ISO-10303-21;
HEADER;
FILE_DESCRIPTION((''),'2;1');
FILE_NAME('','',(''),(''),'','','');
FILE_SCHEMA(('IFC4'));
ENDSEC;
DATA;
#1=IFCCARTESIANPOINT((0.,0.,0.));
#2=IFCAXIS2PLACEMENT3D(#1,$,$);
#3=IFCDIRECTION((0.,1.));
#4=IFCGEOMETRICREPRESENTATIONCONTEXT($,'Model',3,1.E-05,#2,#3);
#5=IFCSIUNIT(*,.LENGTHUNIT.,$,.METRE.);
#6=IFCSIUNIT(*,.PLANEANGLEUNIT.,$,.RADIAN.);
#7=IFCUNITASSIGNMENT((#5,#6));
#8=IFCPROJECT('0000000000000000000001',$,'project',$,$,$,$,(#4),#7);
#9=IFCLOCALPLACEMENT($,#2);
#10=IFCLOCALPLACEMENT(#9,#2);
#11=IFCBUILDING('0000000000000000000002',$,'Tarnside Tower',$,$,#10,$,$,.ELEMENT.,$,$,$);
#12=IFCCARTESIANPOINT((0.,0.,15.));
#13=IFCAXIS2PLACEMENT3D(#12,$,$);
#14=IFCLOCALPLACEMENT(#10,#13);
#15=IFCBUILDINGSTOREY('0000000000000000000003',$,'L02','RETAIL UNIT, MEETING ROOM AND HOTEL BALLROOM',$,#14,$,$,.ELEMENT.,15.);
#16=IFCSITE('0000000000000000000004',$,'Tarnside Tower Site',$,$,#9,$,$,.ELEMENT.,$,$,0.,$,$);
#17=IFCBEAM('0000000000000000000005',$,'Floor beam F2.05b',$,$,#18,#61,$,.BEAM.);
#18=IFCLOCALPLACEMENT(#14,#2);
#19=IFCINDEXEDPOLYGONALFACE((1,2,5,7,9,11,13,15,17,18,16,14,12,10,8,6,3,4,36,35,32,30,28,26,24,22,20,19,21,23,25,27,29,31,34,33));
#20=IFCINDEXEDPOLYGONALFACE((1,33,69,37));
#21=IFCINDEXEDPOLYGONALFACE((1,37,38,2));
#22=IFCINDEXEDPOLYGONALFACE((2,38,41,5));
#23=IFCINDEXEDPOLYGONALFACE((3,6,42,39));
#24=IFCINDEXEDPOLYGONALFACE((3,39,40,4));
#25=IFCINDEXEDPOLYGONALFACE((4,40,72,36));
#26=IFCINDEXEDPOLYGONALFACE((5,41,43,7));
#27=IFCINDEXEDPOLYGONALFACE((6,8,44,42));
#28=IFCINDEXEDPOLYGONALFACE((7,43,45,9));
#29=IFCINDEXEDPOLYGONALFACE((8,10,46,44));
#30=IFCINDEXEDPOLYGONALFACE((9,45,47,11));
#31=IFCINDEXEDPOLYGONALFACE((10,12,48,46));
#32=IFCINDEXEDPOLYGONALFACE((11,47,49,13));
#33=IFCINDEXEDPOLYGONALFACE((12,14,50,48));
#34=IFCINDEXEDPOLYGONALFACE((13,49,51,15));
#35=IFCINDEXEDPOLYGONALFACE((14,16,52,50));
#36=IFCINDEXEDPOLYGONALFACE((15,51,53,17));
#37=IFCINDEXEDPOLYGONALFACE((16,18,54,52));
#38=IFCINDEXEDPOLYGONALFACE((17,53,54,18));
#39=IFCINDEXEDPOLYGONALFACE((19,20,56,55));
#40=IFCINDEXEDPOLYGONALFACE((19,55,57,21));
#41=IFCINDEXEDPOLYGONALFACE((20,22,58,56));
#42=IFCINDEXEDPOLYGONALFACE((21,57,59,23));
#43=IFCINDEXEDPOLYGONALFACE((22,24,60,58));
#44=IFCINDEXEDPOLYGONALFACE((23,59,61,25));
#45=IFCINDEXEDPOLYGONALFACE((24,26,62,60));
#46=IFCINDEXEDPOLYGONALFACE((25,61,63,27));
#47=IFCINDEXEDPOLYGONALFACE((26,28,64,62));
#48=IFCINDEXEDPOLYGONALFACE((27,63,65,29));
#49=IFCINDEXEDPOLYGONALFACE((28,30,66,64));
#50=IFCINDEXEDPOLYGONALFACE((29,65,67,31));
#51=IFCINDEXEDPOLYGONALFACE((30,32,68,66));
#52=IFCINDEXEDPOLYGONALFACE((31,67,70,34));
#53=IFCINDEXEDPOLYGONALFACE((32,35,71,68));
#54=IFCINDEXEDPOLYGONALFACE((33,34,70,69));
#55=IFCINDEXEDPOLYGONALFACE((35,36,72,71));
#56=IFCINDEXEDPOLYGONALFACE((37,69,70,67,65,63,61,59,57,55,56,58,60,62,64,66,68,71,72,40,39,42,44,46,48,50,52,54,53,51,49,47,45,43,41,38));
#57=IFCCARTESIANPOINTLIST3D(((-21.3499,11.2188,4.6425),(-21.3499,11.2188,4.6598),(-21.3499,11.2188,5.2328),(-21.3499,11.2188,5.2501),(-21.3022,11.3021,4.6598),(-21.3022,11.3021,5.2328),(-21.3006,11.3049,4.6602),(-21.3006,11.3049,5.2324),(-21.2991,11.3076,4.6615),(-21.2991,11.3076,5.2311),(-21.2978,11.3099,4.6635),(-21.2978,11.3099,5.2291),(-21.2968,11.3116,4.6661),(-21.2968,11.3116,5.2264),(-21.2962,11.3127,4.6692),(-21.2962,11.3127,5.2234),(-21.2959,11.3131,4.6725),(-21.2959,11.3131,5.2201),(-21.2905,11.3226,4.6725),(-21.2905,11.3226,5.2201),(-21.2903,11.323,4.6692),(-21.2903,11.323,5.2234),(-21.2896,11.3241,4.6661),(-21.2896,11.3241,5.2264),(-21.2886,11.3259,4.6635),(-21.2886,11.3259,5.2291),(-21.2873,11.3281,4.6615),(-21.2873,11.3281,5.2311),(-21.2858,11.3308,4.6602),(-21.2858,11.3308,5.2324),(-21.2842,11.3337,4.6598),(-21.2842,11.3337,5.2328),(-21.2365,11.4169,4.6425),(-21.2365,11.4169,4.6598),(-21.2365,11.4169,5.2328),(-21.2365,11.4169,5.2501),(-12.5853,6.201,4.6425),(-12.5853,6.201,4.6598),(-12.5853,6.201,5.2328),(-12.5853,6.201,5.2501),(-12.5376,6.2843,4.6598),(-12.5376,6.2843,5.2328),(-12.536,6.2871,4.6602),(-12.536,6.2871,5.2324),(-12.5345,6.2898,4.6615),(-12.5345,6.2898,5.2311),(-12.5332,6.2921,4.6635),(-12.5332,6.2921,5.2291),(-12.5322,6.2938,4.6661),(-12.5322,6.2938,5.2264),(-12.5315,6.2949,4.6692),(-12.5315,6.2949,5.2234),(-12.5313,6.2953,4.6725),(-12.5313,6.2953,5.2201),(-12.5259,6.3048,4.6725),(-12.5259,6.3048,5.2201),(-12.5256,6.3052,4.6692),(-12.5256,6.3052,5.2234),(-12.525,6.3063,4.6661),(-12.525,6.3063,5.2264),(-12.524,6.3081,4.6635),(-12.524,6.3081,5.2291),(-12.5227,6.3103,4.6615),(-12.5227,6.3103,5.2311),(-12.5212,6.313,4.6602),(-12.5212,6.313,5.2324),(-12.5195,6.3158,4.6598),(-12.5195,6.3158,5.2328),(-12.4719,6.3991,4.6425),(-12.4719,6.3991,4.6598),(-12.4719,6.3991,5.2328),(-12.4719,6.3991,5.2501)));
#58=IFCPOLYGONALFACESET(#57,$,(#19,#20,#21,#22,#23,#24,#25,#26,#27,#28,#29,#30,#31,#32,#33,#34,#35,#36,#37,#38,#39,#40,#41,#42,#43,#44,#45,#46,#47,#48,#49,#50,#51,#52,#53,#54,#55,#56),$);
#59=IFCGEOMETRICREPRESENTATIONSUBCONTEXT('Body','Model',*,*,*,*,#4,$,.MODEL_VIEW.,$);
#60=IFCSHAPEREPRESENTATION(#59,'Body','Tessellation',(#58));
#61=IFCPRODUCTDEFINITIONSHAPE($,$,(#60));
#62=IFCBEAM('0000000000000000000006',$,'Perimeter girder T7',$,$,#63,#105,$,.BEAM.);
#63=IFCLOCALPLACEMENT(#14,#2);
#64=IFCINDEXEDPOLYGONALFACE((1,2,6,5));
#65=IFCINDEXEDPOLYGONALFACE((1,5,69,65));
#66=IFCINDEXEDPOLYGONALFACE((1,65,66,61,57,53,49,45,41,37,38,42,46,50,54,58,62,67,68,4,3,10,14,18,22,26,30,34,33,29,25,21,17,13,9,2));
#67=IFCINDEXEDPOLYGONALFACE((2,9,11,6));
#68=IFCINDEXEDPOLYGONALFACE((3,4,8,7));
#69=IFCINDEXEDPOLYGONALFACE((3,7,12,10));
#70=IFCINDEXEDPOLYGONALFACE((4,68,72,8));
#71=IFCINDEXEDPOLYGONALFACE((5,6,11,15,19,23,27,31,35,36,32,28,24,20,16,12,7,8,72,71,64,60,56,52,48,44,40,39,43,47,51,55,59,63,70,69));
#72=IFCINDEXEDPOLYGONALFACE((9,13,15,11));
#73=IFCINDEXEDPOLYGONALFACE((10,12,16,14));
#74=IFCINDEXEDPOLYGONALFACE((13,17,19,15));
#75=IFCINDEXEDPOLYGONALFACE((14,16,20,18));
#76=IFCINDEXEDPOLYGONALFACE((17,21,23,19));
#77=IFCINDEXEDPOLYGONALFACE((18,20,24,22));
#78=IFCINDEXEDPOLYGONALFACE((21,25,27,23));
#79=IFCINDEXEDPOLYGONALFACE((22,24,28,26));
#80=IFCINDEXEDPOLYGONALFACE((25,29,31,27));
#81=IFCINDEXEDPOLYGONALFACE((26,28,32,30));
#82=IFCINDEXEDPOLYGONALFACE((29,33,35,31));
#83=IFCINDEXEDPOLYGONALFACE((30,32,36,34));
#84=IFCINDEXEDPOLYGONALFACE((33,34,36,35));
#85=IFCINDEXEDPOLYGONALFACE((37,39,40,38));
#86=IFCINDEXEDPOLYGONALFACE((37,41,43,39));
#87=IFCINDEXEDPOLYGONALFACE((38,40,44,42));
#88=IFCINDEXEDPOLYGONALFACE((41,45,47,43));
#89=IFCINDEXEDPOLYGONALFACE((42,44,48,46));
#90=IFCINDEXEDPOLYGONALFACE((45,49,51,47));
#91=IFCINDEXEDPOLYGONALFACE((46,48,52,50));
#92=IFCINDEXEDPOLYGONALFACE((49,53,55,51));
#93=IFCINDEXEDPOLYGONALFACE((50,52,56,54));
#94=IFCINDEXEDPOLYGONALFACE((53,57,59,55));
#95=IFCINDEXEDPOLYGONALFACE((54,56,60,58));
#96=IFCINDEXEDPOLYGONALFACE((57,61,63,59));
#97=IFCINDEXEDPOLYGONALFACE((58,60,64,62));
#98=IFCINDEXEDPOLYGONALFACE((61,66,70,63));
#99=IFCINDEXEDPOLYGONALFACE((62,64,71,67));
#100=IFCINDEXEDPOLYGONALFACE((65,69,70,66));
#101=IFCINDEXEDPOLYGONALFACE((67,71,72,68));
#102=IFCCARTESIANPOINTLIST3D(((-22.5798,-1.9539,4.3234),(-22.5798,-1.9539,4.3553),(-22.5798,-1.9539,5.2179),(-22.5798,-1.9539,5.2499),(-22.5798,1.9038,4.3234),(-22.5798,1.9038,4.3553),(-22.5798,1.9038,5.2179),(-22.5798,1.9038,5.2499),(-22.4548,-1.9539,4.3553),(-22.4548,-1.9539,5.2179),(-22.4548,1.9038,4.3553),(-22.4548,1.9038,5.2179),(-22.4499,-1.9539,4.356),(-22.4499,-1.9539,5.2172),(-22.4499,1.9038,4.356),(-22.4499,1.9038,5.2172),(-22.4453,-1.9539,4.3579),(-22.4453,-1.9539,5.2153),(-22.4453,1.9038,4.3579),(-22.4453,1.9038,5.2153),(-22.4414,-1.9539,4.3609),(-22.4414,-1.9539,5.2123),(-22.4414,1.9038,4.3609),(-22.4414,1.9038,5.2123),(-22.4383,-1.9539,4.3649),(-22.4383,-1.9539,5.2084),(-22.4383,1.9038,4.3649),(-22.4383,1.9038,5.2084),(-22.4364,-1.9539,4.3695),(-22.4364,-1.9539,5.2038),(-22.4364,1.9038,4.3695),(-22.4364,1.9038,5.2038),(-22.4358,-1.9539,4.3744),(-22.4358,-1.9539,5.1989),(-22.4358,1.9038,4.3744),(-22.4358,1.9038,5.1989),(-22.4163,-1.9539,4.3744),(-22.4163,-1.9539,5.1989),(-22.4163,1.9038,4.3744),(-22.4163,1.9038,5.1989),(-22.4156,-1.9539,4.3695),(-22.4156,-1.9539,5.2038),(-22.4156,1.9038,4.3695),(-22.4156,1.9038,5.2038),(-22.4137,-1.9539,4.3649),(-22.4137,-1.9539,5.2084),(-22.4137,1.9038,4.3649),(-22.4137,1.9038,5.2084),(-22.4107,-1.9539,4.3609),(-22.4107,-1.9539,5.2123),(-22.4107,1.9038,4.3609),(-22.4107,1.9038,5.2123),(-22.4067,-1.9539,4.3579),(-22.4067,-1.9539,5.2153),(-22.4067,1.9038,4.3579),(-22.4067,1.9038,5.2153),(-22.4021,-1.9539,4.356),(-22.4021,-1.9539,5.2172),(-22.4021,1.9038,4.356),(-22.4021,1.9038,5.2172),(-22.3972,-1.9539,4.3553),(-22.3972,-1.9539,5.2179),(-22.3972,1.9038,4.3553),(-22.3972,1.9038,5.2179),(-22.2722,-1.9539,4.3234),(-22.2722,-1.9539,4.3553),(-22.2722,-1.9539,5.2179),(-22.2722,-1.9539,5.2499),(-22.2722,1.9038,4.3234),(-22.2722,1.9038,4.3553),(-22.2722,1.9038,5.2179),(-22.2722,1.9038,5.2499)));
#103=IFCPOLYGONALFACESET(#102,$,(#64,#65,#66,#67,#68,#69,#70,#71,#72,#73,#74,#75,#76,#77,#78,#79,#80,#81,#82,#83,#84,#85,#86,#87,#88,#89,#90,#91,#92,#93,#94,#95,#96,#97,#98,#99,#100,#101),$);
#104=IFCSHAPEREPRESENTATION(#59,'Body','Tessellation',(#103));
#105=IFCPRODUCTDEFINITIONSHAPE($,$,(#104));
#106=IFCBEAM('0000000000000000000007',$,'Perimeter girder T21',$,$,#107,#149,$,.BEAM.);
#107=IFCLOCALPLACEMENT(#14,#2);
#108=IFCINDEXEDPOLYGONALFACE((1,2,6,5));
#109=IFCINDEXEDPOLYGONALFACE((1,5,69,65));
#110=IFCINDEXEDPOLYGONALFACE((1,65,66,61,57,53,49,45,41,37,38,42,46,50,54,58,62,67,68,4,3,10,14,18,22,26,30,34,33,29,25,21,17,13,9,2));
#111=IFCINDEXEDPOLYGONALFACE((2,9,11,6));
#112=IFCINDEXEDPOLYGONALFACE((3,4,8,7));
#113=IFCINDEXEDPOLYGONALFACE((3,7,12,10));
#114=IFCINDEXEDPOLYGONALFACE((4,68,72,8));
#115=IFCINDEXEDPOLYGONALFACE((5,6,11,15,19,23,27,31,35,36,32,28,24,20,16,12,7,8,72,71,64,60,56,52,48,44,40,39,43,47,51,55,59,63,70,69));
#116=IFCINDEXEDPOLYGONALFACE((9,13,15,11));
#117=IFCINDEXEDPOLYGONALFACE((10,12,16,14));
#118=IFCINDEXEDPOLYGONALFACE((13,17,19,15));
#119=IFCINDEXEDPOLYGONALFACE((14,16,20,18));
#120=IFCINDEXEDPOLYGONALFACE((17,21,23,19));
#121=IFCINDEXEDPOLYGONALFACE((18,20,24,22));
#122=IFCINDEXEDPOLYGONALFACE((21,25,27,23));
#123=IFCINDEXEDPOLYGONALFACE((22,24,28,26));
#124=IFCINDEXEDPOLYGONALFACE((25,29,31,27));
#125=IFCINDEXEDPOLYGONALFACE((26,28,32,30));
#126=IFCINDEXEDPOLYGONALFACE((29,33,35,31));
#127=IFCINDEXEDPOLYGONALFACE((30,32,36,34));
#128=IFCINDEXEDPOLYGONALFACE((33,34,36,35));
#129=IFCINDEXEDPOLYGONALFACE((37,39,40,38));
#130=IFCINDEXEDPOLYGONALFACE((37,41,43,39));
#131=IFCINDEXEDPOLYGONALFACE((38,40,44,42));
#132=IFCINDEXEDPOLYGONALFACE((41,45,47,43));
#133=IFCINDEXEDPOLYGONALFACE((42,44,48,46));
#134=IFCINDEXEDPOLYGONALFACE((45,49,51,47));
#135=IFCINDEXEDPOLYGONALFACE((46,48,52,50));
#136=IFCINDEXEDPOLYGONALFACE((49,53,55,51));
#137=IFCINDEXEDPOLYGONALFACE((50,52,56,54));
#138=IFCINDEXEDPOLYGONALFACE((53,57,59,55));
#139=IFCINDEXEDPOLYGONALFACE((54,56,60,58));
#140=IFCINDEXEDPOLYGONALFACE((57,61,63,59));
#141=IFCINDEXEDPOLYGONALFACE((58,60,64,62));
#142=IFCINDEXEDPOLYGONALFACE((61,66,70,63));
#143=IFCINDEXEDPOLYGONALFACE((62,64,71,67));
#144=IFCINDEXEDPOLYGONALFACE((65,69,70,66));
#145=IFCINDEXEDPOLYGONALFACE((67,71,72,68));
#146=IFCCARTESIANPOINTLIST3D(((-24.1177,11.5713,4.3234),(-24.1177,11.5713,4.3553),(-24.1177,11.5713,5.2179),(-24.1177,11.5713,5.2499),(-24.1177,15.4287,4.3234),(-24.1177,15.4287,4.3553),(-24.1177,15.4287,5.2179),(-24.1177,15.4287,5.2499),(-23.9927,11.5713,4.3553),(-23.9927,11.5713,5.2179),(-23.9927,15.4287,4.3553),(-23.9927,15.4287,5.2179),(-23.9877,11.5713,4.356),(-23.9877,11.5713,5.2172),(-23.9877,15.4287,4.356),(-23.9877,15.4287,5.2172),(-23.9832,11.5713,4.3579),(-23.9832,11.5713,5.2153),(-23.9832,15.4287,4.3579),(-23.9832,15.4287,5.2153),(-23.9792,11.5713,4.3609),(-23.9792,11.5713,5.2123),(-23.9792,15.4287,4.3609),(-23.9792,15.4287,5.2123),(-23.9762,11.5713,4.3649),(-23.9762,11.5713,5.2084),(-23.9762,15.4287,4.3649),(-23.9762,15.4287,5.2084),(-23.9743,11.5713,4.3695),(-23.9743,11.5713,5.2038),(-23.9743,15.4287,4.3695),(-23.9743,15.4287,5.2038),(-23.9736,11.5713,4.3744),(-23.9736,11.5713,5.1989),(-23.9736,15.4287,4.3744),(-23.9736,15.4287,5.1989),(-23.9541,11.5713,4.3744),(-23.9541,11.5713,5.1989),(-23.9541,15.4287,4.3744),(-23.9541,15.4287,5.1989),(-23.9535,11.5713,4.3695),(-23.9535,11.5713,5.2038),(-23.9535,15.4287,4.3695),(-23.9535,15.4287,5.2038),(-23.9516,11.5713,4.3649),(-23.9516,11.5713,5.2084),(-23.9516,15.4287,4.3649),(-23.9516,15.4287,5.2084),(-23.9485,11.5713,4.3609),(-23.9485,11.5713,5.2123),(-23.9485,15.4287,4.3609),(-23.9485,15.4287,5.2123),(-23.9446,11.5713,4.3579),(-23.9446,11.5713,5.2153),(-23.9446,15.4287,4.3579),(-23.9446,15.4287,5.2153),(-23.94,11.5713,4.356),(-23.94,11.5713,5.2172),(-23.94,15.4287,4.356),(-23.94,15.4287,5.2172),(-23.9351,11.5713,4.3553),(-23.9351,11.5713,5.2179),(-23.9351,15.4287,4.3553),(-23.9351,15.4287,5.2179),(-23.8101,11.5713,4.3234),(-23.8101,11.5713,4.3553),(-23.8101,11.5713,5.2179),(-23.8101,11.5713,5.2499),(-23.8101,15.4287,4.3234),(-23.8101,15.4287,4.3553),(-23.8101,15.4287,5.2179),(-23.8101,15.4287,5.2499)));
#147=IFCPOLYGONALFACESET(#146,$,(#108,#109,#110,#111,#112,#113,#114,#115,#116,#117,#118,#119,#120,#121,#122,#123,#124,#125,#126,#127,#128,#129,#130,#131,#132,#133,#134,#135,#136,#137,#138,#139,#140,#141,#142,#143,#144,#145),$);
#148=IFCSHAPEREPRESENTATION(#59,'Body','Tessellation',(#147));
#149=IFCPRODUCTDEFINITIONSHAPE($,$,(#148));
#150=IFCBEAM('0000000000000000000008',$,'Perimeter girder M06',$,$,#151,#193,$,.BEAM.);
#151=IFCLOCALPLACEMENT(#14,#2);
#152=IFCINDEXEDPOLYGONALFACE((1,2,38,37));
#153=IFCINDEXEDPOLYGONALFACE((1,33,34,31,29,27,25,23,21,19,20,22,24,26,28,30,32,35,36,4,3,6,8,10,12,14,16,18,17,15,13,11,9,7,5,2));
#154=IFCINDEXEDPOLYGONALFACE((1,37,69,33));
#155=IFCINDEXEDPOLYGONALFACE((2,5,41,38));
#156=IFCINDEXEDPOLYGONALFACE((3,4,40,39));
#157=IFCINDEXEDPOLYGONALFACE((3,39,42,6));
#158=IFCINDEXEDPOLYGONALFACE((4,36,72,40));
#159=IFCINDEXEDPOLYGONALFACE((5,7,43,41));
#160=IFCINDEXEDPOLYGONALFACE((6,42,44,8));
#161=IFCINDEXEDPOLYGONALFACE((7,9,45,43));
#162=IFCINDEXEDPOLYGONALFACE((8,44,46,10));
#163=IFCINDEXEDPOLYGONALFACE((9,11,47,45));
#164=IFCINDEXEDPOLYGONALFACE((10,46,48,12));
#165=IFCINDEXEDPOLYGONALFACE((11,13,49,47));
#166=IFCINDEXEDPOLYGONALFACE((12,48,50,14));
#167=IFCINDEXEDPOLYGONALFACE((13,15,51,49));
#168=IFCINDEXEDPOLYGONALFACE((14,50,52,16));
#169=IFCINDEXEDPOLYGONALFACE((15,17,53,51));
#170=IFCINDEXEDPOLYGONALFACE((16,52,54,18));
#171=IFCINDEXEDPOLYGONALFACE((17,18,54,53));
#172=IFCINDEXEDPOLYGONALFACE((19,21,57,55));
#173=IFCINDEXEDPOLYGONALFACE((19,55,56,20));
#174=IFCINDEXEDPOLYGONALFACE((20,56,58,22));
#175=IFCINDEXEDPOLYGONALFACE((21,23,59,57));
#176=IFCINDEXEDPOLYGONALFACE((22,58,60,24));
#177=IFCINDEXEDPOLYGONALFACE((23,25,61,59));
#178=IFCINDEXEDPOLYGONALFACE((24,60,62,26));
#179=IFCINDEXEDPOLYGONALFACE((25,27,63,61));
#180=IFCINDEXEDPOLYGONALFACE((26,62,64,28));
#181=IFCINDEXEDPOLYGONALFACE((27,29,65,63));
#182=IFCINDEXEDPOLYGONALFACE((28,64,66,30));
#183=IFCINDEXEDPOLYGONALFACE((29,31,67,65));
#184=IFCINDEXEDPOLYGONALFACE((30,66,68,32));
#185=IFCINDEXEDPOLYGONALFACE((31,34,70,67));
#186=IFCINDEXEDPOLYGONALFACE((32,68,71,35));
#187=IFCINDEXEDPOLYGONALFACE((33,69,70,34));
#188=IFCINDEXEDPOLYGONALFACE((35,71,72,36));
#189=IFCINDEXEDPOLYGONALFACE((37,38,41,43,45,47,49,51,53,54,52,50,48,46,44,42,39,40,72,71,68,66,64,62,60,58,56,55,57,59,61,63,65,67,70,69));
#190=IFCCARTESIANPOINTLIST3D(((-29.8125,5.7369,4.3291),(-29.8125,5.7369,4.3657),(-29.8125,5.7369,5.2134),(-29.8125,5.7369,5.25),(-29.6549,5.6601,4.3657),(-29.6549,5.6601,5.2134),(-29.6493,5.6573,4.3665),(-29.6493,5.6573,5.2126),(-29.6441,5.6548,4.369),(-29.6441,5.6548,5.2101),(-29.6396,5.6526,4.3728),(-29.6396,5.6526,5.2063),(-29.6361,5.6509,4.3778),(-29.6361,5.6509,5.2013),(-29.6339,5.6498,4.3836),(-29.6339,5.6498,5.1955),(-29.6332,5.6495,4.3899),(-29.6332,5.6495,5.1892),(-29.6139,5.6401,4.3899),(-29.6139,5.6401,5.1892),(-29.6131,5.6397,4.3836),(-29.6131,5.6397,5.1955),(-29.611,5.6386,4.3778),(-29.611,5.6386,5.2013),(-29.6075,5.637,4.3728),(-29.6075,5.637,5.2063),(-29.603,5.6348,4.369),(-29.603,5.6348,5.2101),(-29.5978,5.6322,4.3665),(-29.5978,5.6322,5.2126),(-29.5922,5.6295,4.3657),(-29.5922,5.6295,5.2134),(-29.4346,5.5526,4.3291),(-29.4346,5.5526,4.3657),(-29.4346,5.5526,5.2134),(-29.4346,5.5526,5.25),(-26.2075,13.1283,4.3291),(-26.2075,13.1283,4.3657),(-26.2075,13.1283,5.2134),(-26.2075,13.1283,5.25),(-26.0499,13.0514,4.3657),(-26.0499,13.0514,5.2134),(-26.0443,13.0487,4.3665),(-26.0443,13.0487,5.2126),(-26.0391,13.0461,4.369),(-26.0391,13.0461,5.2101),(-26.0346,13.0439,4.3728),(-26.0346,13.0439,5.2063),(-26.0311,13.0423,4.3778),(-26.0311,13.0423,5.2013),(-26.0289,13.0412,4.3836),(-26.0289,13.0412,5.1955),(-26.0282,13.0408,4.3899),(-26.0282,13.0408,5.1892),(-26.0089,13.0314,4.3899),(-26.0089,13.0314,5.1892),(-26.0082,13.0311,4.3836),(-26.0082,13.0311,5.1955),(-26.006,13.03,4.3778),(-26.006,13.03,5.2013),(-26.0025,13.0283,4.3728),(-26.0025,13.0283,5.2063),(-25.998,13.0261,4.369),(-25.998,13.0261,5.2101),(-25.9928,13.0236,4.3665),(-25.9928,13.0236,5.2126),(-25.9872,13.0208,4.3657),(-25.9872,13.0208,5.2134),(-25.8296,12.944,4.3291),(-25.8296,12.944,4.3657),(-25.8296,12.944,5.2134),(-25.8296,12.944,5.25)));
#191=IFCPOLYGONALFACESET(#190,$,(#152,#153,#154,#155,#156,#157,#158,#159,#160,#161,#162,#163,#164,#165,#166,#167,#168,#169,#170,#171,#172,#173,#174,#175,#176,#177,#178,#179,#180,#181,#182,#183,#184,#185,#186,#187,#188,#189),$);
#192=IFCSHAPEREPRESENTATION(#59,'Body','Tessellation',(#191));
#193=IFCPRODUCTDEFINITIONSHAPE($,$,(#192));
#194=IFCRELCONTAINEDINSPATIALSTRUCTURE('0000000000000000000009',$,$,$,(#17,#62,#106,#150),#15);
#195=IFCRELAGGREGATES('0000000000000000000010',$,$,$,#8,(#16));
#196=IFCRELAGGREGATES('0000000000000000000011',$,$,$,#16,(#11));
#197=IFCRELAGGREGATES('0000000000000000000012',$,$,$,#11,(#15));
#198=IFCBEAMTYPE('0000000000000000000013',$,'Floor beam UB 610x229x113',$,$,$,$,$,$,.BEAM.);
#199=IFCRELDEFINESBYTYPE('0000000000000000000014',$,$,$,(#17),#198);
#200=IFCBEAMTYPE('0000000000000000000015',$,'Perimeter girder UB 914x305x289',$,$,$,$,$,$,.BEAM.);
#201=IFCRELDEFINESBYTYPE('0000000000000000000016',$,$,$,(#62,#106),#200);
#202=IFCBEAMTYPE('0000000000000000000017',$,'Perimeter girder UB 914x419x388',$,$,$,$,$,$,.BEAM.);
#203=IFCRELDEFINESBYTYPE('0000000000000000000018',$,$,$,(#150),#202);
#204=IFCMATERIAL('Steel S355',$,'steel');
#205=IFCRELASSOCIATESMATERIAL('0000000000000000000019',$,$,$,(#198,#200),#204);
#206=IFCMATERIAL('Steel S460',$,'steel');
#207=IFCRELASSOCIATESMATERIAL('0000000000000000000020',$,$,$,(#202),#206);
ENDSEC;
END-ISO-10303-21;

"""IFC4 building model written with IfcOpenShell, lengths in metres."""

from ifc_helpers import new_model, si_unit, direction, frame, origin, origin_2d, place, context, subcontext, project, spatial, i_section, extrude, material, material_profile, profile_set, type_object, element, save


model = new_model("IFC4")

# Units and contexts
model_context = context("Model", 3, precision=1e-05, world=origin(), true_north=direction((0.0, 1.0)))
body_context = subcontext(model_context, "Body", "Model", "MODEL_VIEW")
ifc_project = project(units=[si_unit("LENGTHUNIT", "METRE"), si_unit("PLANEANGLEUNIT", "RADIAN")], contexts=[model_context])

# Site, building, storey
site_placement = place(None, origin())
site = spatial("IfcSite", under=ifc_project, at=site_placement, Name="Tarnside Tower Site", CompositionType="ELEMENT", RefElevation=0.0)
building_placement = place(site_placement, origin())
building = spatial("IfcBuilding", under=site, at=building_placement, Name="Tarnside Tower", CompositionType="ELEMENT")
storey_placement = place(building_placement, frame((0.0, 0.0, 15.0)))
storey = spatial("IfcBuildingStorey", under=building, at=storey_placement, Name="L02", Description="RETAIL UNIT, MEETING ROOM AND HOTEL BALLROOM", CompositionType="ELEMENT", Elevation=15.0)

# Shared definitions
ifc_material_1 = material(Name="Steel S460", Category="steel")

# Beams
ifc_material_2 = material(Name="Steel S355", Category="steel")
ifc_material_profile_1 = material_profile(ifc_material_2, i_section(OverallWidth=0.2283, OverallDepth=0.6077, WebThickness=0.011, FlangeThickness=0.0173, FilletRadius=0.0127, at=origin_2d()), Name="UB 610x229x113")
ifc_profile_set_1 = profile_set([ifc_material_profile_1], Name="Steel S355")
beam_type_1 = type_object("IfcBeamType", Name="Floor beam UB 610x229x113", PredefinedType="BEAM", material=ifc_profile_set_1)
beam_1_placement = place(storey_placement, frame((-21.2932, 11.3179, 4.9463), z_axis=(0.86784, -0.496844, 0.0), x_axis=(0.496844, 0.86784, 0.0)))
element("IfcBeam", 1, at=beam_1_placement, inside=storey, type_object=beam_type_1, Name="Floor beam F2.05b", PredefinedType="BEAM", context=body_context, shape_type="SweptSolid", body=[
    extrude(i_section(OverallWidth=0.2283, OverallDepth=0.6077, WebThickness=0.011, FlangeThickness=0.0173, FilletRadius=0.0127, at=origin_2d()), origin(), (0.0, 0.0, 1.0), 10.0994),
])
ifc_material_profile_2 = material_profile(ifc_material_2, i_section(OverallWidth=0.3076, OverallDepth=0.9265, WebThickness=0.0195, FlangeThickness=0.032, FilletRadius=0.019, at=origin_2d()), Name="UB 914x305x289")
ifc_profile_set_2 = profile_set([ifc_material_profile_2], Name="Steel S355")
beam_type_2 = type_object("IfcBeamType", Name="Perimeter girder UB 914x305x289", PredefinedType="BEAM", material=ifc_profile_set_2)
beam_2_placement = place(storey_placement, frame((-22.426, 1.9038, 4.7866), z_axis=(0.0, -1.0, 0.0), x_axis=(1.0, 0.0, 0.0)))
element("IfcBeam", 2, at=beam_2_placement, inside=storey, type_object=beam_type_2, Name="Perimeter girder T7", PredefinedType="BEAM", context=body_context, shape_type="SweptSolid", body=[
    extrude(i_section(OverallWidth=0.3076, OverallDepth=0.9265, WebThickness=0.0195, FlangeThickness=0.032, FilletRadius=0.019, at=origin_2d()), origin(), (0.0, 0.0, 1.0), 3.8577),
])
beam_3_placement = place(storey_placement, frame((-23.9639, 11.5713, 4.7866), z_axis=(0.0, 1.0, 0.0), x_axis=(-1.0, 0.0, 0.0)))
element("IfcBeam", 3, at=beam_3_placement, inside=storey, type_object=beam_type_2, Name="Perimeter girder T21", PredefinedType="BEAM", context=body_context, shape_type="SweptSolid", body=[
    extrude(i_section(OverallWidth=0.3076, OverallDepth=0.9265, WebThickness=0.0195, FlangeThickness=0.032, FilletRadius=0.019, at=origin_2d()), origin(), (0.0, 0.0, 1.0), 3.8574),
])
ifc_material_profile_3 = material_profile(ifc_material_1, i_section(OverallWidth=0.4204, OverallDepth=0.9209, WebThickness=0.0215, FlangeThickness=0.0366, FilletRadius=0.0242, at=origin_2d()), Name="UB 914x419x388")
ifc_profile_set_3 = profile_set([ifc_material_profile_3], Name="Steel S460")
beam_type_3 = type_object("IfcBeamType", Name="Perimeter girder UB 914x419x388", PredefinedType="BEAM", material=ifc_profile_set_3)
beam_4_placement = place(storey_placement, frame((-26.0186, 13.0361, 4.7896), z_axis=(-0.438369, -0.898795, 0.0), x_axis=(0.898795, -0.438369, 0.0)))
element("IfcBeam", 4, at=beam_4_placement, inside=storey, type_object=beam_type_3, Name="Perimeter girder M06", PredefinedType="BEAM", context=body_context, shape_type="SweptSolid", body=[
    extrude(i_section(OverallWidth=0.4204, OverallDepth=0.9209, WebThickness=0.0215, FlangeThickness=0.0366, FilletRadius=0.0242, at=origin_2d()), origin(), (0.0, 0.0, 1.0), 8.2236),
])

save(model, "model.ifc")
